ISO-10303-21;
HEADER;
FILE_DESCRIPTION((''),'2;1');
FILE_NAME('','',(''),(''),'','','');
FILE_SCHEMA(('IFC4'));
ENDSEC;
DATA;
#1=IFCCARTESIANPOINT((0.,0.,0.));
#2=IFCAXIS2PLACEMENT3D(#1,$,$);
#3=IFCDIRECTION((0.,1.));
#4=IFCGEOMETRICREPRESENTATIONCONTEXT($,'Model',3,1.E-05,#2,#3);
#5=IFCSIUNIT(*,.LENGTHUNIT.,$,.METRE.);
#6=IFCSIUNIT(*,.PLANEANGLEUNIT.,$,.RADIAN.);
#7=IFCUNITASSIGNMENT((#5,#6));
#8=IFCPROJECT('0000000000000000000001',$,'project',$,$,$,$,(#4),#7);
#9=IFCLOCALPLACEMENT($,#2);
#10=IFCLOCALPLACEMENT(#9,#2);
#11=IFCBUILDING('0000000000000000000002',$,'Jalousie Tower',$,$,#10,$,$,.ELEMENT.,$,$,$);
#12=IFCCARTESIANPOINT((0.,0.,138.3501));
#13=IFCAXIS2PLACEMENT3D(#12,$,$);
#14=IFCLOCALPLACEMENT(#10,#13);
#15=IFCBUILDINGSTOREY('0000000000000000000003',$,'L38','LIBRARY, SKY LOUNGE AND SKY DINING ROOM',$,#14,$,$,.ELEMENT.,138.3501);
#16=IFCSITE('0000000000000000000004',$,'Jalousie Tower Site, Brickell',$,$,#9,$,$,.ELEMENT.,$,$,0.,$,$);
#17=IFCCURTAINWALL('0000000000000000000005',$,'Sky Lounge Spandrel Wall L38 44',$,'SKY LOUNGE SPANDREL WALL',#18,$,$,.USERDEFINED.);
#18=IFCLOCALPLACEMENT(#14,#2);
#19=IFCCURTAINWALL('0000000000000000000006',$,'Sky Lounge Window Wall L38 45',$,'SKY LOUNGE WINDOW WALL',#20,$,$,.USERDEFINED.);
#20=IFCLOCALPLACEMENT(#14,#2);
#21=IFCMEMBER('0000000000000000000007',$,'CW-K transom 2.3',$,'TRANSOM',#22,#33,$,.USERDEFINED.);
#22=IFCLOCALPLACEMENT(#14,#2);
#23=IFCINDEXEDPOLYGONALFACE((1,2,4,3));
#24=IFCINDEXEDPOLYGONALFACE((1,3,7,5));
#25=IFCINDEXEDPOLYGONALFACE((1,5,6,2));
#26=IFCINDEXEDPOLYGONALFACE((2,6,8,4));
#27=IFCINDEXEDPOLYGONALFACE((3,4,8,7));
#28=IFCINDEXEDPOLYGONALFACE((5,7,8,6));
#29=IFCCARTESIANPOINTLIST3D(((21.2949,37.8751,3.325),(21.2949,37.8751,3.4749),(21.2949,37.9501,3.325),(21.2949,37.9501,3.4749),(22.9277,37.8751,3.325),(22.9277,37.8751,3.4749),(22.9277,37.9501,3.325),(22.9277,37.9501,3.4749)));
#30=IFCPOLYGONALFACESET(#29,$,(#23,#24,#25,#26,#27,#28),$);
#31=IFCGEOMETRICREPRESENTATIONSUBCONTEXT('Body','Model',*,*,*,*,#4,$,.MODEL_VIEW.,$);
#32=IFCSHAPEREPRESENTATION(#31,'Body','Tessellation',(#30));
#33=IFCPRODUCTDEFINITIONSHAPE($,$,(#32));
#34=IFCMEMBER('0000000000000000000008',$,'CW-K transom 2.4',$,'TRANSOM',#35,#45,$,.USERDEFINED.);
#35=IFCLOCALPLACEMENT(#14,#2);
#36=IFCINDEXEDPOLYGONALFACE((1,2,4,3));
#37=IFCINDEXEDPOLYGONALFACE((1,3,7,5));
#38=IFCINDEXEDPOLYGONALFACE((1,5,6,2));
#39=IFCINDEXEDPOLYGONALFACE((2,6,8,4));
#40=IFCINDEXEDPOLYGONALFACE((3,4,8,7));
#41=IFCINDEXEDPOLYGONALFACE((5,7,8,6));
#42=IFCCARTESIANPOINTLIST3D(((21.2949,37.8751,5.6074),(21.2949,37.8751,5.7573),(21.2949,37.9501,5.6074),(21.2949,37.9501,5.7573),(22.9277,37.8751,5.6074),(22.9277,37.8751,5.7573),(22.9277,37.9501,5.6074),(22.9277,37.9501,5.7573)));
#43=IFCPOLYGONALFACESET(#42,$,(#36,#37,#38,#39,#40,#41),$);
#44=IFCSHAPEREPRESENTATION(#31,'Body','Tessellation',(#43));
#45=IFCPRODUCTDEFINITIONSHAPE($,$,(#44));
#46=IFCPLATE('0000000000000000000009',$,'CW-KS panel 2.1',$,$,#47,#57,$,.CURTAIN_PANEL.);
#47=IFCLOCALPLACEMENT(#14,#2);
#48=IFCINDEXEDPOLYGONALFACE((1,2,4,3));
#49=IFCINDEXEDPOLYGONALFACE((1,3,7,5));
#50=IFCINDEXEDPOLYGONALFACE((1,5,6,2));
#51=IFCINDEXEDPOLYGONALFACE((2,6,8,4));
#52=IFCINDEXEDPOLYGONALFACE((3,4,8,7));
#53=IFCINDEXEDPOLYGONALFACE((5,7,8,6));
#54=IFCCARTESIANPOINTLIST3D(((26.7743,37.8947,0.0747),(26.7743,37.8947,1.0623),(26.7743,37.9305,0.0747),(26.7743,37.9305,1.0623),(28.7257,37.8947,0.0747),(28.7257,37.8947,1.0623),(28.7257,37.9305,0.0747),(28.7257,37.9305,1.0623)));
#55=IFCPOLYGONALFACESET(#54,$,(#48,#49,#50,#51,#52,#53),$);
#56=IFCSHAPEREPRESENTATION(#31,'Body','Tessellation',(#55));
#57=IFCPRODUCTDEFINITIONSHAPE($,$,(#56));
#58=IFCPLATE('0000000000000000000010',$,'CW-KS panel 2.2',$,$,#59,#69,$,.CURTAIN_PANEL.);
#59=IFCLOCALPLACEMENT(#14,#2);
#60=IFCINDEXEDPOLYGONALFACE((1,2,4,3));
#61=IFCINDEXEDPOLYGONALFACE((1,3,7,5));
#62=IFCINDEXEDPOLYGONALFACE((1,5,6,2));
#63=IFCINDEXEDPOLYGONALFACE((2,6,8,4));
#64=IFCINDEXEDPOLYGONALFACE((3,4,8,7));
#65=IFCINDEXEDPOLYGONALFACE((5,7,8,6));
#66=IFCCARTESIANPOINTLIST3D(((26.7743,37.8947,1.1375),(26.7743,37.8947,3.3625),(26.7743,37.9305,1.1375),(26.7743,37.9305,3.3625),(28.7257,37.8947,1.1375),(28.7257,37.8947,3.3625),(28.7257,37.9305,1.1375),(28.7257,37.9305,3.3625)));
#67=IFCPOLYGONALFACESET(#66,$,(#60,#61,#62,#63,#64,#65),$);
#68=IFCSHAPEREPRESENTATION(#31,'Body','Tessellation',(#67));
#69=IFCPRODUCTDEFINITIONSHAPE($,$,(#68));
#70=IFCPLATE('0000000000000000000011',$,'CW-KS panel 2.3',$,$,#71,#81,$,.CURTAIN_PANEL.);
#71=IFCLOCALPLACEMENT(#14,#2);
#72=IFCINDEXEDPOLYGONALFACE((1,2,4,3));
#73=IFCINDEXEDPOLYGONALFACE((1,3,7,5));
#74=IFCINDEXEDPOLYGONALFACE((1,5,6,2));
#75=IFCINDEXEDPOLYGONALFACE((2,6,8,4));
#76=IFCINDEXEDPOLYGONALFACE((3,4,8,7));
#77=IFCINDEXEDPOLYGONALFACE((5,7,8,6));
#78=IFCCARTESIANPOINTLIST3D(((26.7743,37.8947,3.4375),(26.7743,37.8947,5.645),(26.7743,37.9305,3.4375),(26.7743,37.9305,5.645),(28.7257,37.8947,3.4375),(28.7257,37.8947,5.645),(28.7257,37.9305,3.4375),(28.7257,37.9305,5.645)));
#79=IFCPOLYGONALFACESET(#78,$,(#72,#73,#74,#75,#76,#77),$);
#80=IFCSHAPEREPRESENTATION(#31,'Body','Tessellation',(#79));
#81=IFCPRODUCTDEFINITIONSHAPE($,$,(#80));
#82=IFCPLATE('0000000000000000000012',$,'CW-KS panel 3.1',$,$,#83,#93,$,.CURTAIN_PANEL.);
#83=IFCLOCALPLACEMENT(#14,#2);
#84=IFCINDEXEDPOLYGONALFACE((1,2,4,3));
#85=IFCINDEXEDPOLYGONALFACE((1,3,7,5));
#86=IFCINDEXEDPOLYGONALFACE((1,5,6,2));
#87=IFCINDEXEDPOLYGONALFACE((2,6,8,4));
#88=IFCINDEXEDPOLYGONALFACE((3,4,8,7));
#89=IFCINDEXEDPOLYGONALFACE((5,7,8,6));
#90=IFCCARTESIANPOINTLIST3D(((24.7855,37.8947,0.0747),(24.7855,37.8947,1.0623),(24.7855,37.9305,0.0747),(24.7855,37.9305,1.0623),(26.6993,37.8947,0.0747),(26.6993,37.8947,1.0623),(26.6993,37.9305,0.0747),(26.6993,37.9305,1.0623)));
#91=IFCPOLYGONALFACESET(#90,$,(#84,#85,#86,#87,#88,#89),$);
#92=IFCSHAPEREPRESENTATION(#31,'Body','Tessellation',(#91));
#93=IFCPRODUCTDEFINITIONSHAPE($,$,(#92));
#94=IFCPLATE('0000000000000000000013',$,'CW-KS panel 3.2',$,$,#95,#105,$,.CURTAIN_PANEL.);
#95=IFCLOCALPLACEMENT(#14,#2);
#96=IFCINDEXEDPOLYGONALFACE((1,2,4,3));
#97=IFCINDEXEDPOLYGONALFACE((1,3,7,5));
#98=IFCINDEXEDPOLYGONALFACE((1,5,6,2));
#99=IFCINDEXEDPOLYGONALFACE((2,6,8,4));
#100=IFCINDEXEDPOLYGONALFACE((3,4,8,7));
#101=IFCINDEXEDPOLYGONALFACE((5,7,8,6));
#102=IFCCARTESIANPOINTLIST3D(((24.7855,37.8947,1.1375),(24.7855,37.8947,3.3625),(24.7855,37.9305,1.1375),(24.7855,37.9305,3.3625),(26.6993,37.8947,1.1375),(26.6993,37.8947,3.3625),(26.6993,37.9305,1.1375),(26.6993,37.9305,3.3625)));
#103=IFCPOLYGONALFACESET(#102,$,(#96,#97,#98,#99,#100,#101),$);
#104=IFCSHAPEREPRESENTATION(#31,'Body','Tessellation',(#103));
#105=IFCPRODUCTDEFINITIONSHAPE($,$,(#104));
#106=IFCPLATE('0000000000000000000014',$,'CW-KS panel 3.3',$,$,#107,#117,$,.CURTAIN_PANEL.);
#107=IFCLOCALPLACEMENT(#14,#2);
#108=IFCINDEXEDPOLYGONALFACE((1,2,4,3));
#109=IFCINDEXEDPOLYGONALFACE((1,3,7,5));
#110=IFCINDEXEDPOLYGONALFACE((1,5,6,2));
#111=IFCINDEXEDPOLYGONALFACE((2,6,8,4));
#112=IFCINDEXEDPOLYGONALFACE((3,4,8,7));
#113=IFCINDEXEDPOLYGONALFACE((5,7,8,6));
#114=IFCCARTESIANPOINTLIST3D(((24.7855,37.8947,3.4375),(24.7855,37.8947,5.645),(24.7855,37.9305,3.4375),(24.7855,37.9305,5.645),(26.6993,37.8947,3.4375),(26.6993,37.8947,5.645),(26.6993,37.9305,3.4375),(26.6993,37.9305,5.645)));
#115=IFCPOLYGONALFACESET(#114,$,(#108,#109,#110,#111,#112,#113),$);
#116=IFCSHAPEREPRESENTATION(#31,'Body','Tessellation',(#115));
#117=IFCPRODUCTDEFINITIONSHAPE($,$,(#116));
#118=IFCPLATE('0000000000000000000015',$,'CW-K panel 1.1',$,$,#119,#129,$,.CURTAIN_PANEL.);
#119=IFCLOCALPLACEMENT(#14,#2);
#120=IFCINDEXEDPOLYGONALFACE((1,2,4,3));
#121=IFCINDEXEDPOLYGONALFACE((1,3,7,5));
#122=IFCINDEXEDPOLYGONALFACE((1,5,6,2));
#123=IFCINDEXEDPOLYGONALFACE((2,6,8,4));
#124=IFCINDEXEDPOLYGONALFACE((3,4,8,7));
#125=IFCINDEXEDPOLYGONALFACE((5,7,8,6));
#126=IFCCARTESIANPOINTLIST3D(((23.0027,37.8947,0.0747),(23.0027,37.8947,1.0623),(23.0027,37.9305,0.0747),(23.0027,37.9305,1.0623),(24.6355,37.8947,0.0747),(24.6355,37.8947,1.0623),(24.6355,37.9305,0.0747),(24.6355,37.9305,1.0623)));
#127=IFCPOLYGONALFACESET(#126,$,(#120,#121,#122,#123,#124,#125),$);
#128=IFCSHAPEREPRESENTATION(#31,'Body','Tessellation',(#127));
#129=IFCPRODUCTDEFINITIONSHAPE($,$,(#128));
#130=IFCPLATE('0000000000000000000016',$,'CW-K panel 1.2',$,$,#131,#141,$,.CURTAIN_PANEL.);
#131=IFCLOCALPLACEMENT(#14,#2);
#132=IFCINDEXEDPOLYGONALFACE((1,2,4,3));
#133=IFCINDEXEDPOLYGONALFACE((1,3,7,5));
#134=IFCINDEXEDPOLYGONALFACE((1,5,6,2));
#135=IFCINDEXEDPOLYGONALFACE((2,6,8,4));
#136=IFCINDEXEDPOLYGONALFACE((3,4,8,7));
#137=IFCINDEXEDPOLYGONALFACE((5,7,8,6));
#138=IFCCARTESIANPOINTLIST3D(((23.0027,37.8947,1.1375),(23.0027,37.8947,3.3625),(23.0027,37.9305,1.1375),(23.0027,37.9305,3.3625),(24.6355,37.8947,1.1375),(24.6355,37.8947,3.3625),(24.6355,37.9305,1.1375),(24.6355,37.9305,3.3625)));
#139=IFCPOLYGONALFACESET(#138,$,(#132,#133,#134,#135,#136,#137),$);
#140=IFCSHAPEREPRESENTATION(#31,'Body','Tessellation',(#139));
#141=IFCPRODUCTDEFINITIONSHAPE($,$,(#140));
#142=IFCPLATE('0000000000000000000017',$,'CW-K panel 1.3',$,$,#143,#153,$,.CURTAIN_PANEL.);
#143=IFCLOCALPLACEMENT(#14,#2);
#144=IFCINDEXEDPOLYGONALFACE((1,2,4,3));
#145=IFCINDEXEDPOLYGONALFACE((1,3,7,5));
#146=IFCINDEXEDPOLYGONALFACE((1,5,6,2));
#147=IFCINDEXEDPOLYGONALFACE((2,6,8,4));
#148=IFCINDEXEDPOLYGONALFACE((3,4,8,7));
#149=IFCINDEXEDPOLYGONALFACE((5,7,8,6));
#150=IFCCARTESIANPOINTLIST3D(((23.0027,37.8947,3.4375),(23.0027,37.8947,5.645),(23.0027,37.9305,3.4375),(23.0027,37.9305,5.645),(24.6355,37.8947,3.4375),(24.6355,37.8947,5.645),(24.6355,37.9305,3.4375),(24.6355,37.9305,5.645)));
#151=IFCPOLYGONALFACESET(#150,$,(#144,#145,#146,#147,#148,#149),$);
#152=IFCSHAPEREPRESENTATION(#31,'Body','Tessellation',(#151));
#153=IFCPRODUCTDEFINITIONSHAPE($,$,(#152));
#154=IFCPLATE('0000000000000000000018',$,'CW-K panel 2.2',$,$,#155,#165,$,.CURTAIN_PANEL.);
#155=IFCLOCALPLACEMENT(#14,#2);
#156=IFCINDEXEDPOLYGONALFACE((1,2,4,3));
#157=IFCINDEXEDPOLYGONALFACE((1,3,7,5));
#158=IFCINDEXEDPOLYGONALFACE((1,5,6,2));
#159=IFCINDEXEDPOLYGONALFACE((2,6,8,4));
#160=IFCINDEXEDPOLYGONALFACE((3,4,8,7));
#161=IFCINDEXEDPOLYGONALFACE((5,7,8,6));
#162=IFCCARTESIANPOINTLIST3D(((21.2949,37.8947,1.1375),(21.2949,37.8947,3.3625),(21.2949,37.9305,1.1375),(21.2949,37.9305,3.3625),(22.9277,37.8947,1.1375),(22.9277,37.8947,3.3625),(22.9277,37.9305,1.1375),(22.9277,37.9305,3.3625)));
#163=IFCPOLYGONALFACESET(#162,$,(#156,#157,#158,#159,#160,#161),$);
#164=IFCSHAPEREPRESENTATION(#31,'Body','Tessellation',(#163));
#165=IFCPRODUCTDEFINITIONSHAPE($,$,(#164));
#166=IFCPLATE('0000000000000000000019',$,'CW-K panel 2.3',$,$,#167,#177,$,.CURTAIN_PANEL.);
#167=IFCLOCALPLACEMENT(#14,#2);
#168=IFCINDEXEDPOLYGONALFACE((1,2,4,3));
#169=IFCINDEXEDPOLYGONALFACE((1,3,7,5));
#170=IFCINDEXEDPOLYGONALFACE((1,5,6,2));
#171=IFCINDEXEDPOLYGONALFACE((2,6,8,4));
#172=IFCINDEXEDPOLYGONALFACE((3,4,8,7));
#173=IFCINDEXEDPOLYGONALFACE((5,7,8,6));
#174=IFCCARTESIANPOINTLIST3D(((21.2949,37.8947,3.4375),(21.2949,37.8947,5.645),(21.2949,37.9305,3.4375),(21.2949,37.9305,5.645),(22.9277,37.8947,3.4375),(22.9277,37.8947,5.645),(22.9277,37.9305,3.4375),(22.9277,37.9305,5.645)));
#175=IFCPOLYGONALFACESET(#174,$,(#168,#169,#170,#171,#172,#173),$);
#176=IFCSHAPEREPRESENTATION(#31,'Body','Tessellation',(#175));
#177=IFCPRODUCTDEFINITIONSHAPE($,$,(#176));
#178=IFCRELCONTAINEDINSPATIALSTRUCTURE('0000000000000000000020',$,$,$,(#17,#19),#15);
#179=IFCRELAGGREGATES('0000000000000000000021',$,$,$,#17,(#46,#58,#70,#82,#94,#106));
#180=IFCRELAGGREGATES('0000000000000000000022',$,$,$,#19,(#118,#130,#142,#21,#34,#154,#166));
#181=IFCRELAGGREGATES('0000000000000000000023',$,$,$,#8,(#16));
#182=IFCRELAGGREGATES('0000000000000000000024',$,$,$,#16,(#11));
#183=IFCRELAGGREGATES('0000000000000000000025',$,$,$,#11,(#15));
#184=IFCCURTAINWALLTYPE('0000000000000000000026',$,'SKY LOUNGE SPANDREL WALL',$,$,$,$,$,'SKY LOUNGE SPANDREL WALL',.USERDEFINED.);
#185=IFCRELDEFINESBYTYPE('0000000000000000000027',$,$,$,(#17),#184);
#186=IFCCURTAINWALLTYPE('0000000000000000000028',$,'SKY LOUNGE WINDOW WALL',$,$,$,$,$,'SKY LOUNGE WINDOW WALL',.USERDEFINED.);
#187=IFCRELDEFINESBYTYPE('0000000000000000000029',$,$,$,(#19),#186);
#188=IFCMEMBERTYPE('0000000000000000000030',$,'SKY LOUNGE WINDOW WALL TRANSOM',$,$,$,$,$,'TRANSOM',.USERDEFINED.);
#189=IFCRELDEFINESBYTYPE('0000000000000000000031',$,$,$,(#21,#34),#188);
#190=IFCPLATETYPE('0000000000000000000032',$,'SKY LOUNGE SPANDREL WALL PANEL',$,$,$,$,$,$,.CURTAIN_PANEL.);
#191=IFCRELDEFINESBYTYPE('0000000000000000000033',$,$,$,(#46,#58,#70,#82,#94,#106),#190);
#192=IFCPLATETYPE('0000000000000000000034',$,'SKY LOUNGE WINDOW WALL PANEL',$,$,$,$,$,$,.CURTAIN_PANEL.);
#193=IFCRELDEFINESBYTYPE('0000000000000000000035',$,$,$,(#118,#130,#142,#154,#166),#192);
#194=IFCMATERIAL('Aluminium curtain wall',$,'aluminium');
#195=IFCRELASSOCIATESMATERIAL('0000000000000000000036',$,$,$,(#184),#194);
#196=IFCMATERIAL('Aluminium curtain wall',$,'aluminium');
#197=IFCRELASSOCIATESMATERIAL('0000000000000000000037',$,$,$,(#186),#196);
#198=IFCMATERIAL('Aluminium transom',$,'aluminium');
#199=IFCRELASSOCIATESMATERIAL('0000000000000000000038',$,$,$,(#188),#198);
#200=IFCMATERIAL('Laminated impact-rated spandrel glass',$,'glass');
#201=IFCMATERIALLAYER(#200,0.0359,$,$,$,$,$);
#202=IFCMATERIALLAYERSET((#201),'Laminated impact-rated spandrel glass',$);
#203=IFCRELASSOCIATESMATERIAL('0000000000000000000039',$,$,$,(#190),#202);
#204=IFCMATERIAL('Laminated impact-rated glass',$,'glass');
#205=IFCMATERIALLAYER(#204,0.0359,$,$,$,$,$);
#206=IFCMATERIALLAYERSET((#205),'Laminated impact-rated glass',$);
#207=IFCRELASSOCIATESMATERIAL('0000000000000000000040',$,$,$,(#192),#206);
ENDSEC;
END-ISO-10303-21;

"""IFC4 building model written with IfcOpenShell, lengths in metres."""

from ifc_helpers import new_model, si_unit, direction, frame, origin, origin_2d, place, context, subcontext, project, spatial, rectangle, extrude, material, layer, layer_set, material_profile, profile_set, type_object, element, aggregate, save


model = new_model("IFC4")

# Units and contexts
model_context = context("Model", 3, precision=1e-05, world=origin(), true_north=direction((0.0, 1.0)))
body_context = subcontext(model_context, "Body", "Model", "MODEL_VIEW")
ifc_project = project(units=[si_unit("LENGTHUNIT", "METRE"), si_unit("PLANEANGLEUNIT", "RADIAN")], contexts=[model_context])

# Site, building, storey
site_placement = place(None, origin())
site = spatial("IfcSite", under=ifc_project, at=site_placement, Name="Jalousie Tower Site, Brickell", CompositionType="ELEMENT", RefElevation=0.0)
building_placement = place(site_placement, origin())
building = spatial("IfcBuilding", under=site, at=building_placement, Name="Jalousie Tower", CompositionType="ELEMENT")
storey_placement = place(building_placement, frame((0.0, 0.0, 138.3501)))
storey = spatial("IfcBuildingStorey", under=building, at=storey_placement, Name="L38", Description="LIBRARY, SKY LOUNGE AND SKY DINING ROOM", CompositionType="ELEMENT", Elevation=138.3501)

# Curtain walls, members
ifc_material_1 = material(Name="Aluminium curtain wall", Category="aluminium")
curtain_wall_type_1 = type_object("IfcCurtainWallType", Name="SKY LOUNGE SPANDREL WALL", ElementType="SKY LOUNGE SPANDREL WALL", PredefinedType="USERDEFINED", material=ifc_material_1)
curtain_wall_1_placement = place(storey_placement, origin())
curtain_wall_1 = element("IfcCurtainWall", 1, at=curtain_wall_1_placement, inside=storey, type_object=curtain_wall_type_1, Name="Sky Lounge Spandrel Wall L38 44", ObjectType="SKY LOUNGE SPANDREL WALL", PredefinedType="USERDEFINED")
ifc_material_2 = material(Name="Aluminium curtain wall", Category="aluminium")
curtain_wall_type_2 = type_object("IfcCurtainWallType", Name="SKY LOUNGE WINDOW WALL", ElementType="SKY LOUNGE WINDOW WALL", PredefinedType="USERDEFINED", material=ifc_material_2)
curtain_wall_2_placement = place(storey_placement, origin())
curtain_wall_2 = element("IfcCurtainWall", 2, at=curtain_wall_2_placement, inside=storey, type_object=curtain_wall_type_2, Name="Sky Lounge Window Wall L38 45", ObjectType="SKY LOUNGE WINDOW WALL", PredefinedType="USERDEFINED")
ifc_material_3 = material(Name="Aluminium transom", Category="aluminium")
ifc_material_profile_1 = material_profile(ifc_material_3, rectangle(XDim=0.075, YDim=0.1499, at=origin_2d()), Name="TRANSOM 75x150")
ifc_profile_set_1 = profile_set([ifc_material_profile_1], Name="Aluminium transom")
member_type_1 = type_object("IfcMemberType", Name="SKY LOUNGE WINDOW WALL TRANSOM", ElementType="TRANSOM", PredefinedType="USERDEFINED", material=ifc_profile_set_1)
member_1_placement = place(storey_placement, frame((22.9277, 37.9126, 3.3999), z_axis=(-1.0, 0.0, 0.0), x_axis=(0.0, -1.0, 0.0)))
member_1 = element("IfcMember", 3, at=member_1_placement, type_object=member_type_1, Name="CW-K transom 2.3", ObjectType="TRANSOM", PredefinedType="USERDEFINED", context=body_context, shape_type="SweptSolid", body=[
    extrude(rectangle(XDim=0.075, YDim=0.1499, at=origin_2d()), origin(), (0.0, 0.0, 1.0), 1.6328),
])
member_2_placement = place(storey_placement, frame((22.9277, 37.9126, 5.6824), z_axis=(-1.0, 0.0, 0.0), x_axis=(0.0, -1.0, 0.0)))
member_2 = element("IfcMember", 4, at=member_2_placement, type_object=member_type_1, Name="CW-K transom 2.4", ObjectType="TRANSOM", PredefinedType="USERDEFINED", context=body_context, shape_type="SweptSolid", body=[
    extrude(rectangle(XDim=0.075, YDim=0.1499, at=origin_2d()), origin(), (0.0, 0.0, 1.0), 1.6328),
])

# Plates
ifc_material_4 = material(Name="Laminated impact-rated spandrel glass", Category="glass")
ifc_layer_1 = layer(ifc_material_4, 0.0359)
ifc_layer_set_1 = layer_set([ifc_layer_1], Name="Laminated impact-rated spandrel glass")
plate_type_1 = type_object("IfcPlateType", Name="SKY LOUNGE SPANDREL WALL PANEL", PredefinedType="CURTAIN_PANEL", material=ifc_layer_set_1)
plate_1_placement = place(storey_placement, frame((27.75, 37.9126, 0.0747), z_axis=(0.0, 0.0, 1.0), x_axis=(-1.0, 0.0, 0.0)))
plate_1 = element("IfcPlate", 5, at=plate_1_placement, type_object=plate_type_1, Name="CW-KS panel 2.1", PredefinedType="CURTAIN_PANEL", context=body_context, shape_type="SweptSolid", body=[
    extrude(rectangle(XDim=1.9514, YDim=0.0359, at=origin_2d()), origin(), (0.0, 0.0, 1.0), 0.9875),
])
plate_2_placement = place(storey_placement, frame((27.75, 37.9126, 1.1375), z_axis=(0.0, 0.0, 1.0), x_axis=(-1.0, 0.0, 0.0)))
plate_2 = element("IfcPlate", 6, at=plate_2_placement, type_object=plate_type_1, Name="CW-KS panel 2.2", PredefinedType="CURTAIN_PANEL", context=body_context, shape_type="SweptSolid", body=[
    extrude(rectangle(XDim=1.9514, YDim=0.0359, at=origin_2d()), origin(), (0.0, 0.0, 1.0), 2.2251),
])
plate_3_placement = place(storey_placement, frame((27.75, 37.9126, 3.4375), z_axis=(0.0, 0.0, 1.0), x_axis=(-1.0, 0.0, 0.0)))
plate_3 = element("IfcPlate", 7, at=plate_3_placement, type_object=plate_type_1, Name="CW-KS panel 2.3", PredefinedType="CURTAIN_PANEL", context=body_context, shape_type="SweptSolid", body=[
    extrude(rectangle(XDim=1.9514, YDim=0.0359, at=origin_2d()), origin(), (0.0, 0.0, 1.0), 2.2075),
])
plate_4_placement = place(storey_placement, frame((25.7424, 37.9126, 0.0747), z_axis=(0.0, 0.0, 1.0), x_axis=(-1.0, 0.0, 0.0)))
plate_4 = element("IfcPlate", 8, at=plate_4_placement, type_object=plate_type_1, Name="CW-KS panel 3.1", PredefinedType="CURTAIN_PANEL", context=body_context, shape_type="SweptSolid", body=[
    extrude(rectangle(XDim=1.9138, YDim=0.0359, at=origin_2d()), origin(), (0.0, 0.0, 1.0), 0.9875),
])
plate_5_placement = place(storey_placement, frame((25.7424, 37.9126, 1.1375), z_axis=(0.0, 0.0, 1.0), x_axis=(-1.0, 0.0, 0.0)))
plate_5 = element("IfcPlate", 9, at=plate_5_placement, type_object=plate_type_1, Name="CW-KS panel 3.2", PredefinedType="CURTAIN_PANEL", context=body_context, shape_type="SweptSolid", body=[
    extrude(rectangle(XDim=1.9138, YDim=0.0359, at=origin_2d()), origin(), (0.0, 0.0, 1.0), 2.2251),
])
plate_6_placement = place(storey_placement, frame((25.7424, 37.9126, 3.4375), z_axis=(0.0, 0.0, 1.0), x_axis=(-1.0, 0.0, 0.0)))
plate_6 = element("IfcPlate", 10, at=plate_6_placement, type_object=plate_type_1, Name="CW-KS panel 3.3", PredefinedType="CURTAIN_PANEL", context=body_context, shape_type="SweptSolid", body=[
    extrude(rectangle(XDim=1.9138, YDim=0.0359, at=origin_2d()), origin(), (0.0, 0.0, 1.0), 2.2075),
])
aggregate(curtain_wall_1, [plate_1, plate_2, plate_3, plate_4, plate_5, plate_6])
ifc_material_5 = material(Name="Laminated impact-rated glass", Category="glass")
ifc_layer_2 = layer(ifc_material_5, 0.0359)
ifc_layer_set_2 = layer_set([ifc_layer_2], Name="Laminated impact-rated glass")
plate_type_2 = type_object("IfcPlateType", Name="SKY LOUNGE WINDOW WALL PANEL", PredefinedType="CURTAIN_PANEL", material=ifc_layer_set_2)
plate_7_placement = place(storey_placement, frame((23.8191, 37.9126, 0.0747), z_axis=(0.0, 0.0, 1.0), x_axis=(-1.0, 0.0, 0.0)))
plate_7 = element("IfcPlate", 11, at=plate_7_placement, type_object=plate_type_2, Name="CW-K panel 1.1", PredefinedType="CURTAIN_PANEL", context=body_context, shape_type="SweptSolid", body=[
    extrude(rectangle(XDim=1.6328, YDim=0.0359, at=origin_2d()), origin(), (0.0, 0.0, 1.0), 0.9875),
])
plate_8_placement = place(storey_placement, frame((23.8191, 37.9126, 1.1375), z_axis=(0.0, 0.0, 1.0), x_axis=(-1.0, 0.0, 0.0)))
plate_8 = element("IfcPlate", 12, at=plate_8_placement, type_object=plate_type_2, Name="CW-K panel 1.2", PredefinedType="CURTAIN_PANEL", context=body_context, shape_type="SweptSolid", body=[
    extrude(rectangle(XDim=1.6328, YDim=0.0359, at=origin_2d()), origin(), (0.0, 0.0, 1.0), 2.2251),
])
plate_9_placement = place(storey_placement, frame((23.8191, 37.9126, 3.4375), z_axis=(0.0, 0.0, 1.0), x_axis=(-1.0, 0.0, 0.0)))
plate_9 = element("IfcPlate", 13, at=plate_9_placement, type_object=plate_type_2, Name="CW-K panel 1.3", PredefinedType="CURTAIN_PANEL", context=body_context, shape_type="SweptSolid", body=[
    extrude(rectangle(XDim=1.6328, YDim=0.0359, at=origin_2d()), origin(), (0.0, 0.0, 1.0), 2.2075),
])
plate_10_placement = place(storey_placement, frame((22.1113, 37.9126, 1.1375), z_axis=(0.0, 0.0, 1.0), x_axis=(-1.0, 0.0, 0.0)))
plate_10 = element("IfcPlate", 14, at=plate_10_placement, type_object=plate_type_2, Name="CW-K panel 2.2", PredefinedType="CURTAIN_PANEL", context=body_context, shape_type="SweptSolid", body=[
    extrude(rectangle(XDim=1.6328, YDim=0.0359, at=origin_2d()), origin(), (0.0, 0.0, 1.0), 2.2251),
])
plate_11_placement = place(storey_placement, frame((22.1113, 37.9126, 3.4375), z_axis=(0.0, 0.0, 1.0), x_axis=(-1.0, 0.0, 0.0)))
plate_11 = element("IfcPlate", 15, at=plate_11_placement, type_object=plate_type_2, Name="CW-K panel 2.3", PredefinedType="CURTAIN_PANEL", context=body_context, shape_type="SweptSolid", body=[
    extrude(rectangle(XDim=1.6328, YDim=0.0359, at=origin_2d()), origin(), (0.0, 0.0, 1.0), 2.2075),
])
aggregate(curtain_wall_2, [plate_7, plate_8, plate_9, member_1, member_2, plate_10, plate_11])

save(model, "model.ifc")
